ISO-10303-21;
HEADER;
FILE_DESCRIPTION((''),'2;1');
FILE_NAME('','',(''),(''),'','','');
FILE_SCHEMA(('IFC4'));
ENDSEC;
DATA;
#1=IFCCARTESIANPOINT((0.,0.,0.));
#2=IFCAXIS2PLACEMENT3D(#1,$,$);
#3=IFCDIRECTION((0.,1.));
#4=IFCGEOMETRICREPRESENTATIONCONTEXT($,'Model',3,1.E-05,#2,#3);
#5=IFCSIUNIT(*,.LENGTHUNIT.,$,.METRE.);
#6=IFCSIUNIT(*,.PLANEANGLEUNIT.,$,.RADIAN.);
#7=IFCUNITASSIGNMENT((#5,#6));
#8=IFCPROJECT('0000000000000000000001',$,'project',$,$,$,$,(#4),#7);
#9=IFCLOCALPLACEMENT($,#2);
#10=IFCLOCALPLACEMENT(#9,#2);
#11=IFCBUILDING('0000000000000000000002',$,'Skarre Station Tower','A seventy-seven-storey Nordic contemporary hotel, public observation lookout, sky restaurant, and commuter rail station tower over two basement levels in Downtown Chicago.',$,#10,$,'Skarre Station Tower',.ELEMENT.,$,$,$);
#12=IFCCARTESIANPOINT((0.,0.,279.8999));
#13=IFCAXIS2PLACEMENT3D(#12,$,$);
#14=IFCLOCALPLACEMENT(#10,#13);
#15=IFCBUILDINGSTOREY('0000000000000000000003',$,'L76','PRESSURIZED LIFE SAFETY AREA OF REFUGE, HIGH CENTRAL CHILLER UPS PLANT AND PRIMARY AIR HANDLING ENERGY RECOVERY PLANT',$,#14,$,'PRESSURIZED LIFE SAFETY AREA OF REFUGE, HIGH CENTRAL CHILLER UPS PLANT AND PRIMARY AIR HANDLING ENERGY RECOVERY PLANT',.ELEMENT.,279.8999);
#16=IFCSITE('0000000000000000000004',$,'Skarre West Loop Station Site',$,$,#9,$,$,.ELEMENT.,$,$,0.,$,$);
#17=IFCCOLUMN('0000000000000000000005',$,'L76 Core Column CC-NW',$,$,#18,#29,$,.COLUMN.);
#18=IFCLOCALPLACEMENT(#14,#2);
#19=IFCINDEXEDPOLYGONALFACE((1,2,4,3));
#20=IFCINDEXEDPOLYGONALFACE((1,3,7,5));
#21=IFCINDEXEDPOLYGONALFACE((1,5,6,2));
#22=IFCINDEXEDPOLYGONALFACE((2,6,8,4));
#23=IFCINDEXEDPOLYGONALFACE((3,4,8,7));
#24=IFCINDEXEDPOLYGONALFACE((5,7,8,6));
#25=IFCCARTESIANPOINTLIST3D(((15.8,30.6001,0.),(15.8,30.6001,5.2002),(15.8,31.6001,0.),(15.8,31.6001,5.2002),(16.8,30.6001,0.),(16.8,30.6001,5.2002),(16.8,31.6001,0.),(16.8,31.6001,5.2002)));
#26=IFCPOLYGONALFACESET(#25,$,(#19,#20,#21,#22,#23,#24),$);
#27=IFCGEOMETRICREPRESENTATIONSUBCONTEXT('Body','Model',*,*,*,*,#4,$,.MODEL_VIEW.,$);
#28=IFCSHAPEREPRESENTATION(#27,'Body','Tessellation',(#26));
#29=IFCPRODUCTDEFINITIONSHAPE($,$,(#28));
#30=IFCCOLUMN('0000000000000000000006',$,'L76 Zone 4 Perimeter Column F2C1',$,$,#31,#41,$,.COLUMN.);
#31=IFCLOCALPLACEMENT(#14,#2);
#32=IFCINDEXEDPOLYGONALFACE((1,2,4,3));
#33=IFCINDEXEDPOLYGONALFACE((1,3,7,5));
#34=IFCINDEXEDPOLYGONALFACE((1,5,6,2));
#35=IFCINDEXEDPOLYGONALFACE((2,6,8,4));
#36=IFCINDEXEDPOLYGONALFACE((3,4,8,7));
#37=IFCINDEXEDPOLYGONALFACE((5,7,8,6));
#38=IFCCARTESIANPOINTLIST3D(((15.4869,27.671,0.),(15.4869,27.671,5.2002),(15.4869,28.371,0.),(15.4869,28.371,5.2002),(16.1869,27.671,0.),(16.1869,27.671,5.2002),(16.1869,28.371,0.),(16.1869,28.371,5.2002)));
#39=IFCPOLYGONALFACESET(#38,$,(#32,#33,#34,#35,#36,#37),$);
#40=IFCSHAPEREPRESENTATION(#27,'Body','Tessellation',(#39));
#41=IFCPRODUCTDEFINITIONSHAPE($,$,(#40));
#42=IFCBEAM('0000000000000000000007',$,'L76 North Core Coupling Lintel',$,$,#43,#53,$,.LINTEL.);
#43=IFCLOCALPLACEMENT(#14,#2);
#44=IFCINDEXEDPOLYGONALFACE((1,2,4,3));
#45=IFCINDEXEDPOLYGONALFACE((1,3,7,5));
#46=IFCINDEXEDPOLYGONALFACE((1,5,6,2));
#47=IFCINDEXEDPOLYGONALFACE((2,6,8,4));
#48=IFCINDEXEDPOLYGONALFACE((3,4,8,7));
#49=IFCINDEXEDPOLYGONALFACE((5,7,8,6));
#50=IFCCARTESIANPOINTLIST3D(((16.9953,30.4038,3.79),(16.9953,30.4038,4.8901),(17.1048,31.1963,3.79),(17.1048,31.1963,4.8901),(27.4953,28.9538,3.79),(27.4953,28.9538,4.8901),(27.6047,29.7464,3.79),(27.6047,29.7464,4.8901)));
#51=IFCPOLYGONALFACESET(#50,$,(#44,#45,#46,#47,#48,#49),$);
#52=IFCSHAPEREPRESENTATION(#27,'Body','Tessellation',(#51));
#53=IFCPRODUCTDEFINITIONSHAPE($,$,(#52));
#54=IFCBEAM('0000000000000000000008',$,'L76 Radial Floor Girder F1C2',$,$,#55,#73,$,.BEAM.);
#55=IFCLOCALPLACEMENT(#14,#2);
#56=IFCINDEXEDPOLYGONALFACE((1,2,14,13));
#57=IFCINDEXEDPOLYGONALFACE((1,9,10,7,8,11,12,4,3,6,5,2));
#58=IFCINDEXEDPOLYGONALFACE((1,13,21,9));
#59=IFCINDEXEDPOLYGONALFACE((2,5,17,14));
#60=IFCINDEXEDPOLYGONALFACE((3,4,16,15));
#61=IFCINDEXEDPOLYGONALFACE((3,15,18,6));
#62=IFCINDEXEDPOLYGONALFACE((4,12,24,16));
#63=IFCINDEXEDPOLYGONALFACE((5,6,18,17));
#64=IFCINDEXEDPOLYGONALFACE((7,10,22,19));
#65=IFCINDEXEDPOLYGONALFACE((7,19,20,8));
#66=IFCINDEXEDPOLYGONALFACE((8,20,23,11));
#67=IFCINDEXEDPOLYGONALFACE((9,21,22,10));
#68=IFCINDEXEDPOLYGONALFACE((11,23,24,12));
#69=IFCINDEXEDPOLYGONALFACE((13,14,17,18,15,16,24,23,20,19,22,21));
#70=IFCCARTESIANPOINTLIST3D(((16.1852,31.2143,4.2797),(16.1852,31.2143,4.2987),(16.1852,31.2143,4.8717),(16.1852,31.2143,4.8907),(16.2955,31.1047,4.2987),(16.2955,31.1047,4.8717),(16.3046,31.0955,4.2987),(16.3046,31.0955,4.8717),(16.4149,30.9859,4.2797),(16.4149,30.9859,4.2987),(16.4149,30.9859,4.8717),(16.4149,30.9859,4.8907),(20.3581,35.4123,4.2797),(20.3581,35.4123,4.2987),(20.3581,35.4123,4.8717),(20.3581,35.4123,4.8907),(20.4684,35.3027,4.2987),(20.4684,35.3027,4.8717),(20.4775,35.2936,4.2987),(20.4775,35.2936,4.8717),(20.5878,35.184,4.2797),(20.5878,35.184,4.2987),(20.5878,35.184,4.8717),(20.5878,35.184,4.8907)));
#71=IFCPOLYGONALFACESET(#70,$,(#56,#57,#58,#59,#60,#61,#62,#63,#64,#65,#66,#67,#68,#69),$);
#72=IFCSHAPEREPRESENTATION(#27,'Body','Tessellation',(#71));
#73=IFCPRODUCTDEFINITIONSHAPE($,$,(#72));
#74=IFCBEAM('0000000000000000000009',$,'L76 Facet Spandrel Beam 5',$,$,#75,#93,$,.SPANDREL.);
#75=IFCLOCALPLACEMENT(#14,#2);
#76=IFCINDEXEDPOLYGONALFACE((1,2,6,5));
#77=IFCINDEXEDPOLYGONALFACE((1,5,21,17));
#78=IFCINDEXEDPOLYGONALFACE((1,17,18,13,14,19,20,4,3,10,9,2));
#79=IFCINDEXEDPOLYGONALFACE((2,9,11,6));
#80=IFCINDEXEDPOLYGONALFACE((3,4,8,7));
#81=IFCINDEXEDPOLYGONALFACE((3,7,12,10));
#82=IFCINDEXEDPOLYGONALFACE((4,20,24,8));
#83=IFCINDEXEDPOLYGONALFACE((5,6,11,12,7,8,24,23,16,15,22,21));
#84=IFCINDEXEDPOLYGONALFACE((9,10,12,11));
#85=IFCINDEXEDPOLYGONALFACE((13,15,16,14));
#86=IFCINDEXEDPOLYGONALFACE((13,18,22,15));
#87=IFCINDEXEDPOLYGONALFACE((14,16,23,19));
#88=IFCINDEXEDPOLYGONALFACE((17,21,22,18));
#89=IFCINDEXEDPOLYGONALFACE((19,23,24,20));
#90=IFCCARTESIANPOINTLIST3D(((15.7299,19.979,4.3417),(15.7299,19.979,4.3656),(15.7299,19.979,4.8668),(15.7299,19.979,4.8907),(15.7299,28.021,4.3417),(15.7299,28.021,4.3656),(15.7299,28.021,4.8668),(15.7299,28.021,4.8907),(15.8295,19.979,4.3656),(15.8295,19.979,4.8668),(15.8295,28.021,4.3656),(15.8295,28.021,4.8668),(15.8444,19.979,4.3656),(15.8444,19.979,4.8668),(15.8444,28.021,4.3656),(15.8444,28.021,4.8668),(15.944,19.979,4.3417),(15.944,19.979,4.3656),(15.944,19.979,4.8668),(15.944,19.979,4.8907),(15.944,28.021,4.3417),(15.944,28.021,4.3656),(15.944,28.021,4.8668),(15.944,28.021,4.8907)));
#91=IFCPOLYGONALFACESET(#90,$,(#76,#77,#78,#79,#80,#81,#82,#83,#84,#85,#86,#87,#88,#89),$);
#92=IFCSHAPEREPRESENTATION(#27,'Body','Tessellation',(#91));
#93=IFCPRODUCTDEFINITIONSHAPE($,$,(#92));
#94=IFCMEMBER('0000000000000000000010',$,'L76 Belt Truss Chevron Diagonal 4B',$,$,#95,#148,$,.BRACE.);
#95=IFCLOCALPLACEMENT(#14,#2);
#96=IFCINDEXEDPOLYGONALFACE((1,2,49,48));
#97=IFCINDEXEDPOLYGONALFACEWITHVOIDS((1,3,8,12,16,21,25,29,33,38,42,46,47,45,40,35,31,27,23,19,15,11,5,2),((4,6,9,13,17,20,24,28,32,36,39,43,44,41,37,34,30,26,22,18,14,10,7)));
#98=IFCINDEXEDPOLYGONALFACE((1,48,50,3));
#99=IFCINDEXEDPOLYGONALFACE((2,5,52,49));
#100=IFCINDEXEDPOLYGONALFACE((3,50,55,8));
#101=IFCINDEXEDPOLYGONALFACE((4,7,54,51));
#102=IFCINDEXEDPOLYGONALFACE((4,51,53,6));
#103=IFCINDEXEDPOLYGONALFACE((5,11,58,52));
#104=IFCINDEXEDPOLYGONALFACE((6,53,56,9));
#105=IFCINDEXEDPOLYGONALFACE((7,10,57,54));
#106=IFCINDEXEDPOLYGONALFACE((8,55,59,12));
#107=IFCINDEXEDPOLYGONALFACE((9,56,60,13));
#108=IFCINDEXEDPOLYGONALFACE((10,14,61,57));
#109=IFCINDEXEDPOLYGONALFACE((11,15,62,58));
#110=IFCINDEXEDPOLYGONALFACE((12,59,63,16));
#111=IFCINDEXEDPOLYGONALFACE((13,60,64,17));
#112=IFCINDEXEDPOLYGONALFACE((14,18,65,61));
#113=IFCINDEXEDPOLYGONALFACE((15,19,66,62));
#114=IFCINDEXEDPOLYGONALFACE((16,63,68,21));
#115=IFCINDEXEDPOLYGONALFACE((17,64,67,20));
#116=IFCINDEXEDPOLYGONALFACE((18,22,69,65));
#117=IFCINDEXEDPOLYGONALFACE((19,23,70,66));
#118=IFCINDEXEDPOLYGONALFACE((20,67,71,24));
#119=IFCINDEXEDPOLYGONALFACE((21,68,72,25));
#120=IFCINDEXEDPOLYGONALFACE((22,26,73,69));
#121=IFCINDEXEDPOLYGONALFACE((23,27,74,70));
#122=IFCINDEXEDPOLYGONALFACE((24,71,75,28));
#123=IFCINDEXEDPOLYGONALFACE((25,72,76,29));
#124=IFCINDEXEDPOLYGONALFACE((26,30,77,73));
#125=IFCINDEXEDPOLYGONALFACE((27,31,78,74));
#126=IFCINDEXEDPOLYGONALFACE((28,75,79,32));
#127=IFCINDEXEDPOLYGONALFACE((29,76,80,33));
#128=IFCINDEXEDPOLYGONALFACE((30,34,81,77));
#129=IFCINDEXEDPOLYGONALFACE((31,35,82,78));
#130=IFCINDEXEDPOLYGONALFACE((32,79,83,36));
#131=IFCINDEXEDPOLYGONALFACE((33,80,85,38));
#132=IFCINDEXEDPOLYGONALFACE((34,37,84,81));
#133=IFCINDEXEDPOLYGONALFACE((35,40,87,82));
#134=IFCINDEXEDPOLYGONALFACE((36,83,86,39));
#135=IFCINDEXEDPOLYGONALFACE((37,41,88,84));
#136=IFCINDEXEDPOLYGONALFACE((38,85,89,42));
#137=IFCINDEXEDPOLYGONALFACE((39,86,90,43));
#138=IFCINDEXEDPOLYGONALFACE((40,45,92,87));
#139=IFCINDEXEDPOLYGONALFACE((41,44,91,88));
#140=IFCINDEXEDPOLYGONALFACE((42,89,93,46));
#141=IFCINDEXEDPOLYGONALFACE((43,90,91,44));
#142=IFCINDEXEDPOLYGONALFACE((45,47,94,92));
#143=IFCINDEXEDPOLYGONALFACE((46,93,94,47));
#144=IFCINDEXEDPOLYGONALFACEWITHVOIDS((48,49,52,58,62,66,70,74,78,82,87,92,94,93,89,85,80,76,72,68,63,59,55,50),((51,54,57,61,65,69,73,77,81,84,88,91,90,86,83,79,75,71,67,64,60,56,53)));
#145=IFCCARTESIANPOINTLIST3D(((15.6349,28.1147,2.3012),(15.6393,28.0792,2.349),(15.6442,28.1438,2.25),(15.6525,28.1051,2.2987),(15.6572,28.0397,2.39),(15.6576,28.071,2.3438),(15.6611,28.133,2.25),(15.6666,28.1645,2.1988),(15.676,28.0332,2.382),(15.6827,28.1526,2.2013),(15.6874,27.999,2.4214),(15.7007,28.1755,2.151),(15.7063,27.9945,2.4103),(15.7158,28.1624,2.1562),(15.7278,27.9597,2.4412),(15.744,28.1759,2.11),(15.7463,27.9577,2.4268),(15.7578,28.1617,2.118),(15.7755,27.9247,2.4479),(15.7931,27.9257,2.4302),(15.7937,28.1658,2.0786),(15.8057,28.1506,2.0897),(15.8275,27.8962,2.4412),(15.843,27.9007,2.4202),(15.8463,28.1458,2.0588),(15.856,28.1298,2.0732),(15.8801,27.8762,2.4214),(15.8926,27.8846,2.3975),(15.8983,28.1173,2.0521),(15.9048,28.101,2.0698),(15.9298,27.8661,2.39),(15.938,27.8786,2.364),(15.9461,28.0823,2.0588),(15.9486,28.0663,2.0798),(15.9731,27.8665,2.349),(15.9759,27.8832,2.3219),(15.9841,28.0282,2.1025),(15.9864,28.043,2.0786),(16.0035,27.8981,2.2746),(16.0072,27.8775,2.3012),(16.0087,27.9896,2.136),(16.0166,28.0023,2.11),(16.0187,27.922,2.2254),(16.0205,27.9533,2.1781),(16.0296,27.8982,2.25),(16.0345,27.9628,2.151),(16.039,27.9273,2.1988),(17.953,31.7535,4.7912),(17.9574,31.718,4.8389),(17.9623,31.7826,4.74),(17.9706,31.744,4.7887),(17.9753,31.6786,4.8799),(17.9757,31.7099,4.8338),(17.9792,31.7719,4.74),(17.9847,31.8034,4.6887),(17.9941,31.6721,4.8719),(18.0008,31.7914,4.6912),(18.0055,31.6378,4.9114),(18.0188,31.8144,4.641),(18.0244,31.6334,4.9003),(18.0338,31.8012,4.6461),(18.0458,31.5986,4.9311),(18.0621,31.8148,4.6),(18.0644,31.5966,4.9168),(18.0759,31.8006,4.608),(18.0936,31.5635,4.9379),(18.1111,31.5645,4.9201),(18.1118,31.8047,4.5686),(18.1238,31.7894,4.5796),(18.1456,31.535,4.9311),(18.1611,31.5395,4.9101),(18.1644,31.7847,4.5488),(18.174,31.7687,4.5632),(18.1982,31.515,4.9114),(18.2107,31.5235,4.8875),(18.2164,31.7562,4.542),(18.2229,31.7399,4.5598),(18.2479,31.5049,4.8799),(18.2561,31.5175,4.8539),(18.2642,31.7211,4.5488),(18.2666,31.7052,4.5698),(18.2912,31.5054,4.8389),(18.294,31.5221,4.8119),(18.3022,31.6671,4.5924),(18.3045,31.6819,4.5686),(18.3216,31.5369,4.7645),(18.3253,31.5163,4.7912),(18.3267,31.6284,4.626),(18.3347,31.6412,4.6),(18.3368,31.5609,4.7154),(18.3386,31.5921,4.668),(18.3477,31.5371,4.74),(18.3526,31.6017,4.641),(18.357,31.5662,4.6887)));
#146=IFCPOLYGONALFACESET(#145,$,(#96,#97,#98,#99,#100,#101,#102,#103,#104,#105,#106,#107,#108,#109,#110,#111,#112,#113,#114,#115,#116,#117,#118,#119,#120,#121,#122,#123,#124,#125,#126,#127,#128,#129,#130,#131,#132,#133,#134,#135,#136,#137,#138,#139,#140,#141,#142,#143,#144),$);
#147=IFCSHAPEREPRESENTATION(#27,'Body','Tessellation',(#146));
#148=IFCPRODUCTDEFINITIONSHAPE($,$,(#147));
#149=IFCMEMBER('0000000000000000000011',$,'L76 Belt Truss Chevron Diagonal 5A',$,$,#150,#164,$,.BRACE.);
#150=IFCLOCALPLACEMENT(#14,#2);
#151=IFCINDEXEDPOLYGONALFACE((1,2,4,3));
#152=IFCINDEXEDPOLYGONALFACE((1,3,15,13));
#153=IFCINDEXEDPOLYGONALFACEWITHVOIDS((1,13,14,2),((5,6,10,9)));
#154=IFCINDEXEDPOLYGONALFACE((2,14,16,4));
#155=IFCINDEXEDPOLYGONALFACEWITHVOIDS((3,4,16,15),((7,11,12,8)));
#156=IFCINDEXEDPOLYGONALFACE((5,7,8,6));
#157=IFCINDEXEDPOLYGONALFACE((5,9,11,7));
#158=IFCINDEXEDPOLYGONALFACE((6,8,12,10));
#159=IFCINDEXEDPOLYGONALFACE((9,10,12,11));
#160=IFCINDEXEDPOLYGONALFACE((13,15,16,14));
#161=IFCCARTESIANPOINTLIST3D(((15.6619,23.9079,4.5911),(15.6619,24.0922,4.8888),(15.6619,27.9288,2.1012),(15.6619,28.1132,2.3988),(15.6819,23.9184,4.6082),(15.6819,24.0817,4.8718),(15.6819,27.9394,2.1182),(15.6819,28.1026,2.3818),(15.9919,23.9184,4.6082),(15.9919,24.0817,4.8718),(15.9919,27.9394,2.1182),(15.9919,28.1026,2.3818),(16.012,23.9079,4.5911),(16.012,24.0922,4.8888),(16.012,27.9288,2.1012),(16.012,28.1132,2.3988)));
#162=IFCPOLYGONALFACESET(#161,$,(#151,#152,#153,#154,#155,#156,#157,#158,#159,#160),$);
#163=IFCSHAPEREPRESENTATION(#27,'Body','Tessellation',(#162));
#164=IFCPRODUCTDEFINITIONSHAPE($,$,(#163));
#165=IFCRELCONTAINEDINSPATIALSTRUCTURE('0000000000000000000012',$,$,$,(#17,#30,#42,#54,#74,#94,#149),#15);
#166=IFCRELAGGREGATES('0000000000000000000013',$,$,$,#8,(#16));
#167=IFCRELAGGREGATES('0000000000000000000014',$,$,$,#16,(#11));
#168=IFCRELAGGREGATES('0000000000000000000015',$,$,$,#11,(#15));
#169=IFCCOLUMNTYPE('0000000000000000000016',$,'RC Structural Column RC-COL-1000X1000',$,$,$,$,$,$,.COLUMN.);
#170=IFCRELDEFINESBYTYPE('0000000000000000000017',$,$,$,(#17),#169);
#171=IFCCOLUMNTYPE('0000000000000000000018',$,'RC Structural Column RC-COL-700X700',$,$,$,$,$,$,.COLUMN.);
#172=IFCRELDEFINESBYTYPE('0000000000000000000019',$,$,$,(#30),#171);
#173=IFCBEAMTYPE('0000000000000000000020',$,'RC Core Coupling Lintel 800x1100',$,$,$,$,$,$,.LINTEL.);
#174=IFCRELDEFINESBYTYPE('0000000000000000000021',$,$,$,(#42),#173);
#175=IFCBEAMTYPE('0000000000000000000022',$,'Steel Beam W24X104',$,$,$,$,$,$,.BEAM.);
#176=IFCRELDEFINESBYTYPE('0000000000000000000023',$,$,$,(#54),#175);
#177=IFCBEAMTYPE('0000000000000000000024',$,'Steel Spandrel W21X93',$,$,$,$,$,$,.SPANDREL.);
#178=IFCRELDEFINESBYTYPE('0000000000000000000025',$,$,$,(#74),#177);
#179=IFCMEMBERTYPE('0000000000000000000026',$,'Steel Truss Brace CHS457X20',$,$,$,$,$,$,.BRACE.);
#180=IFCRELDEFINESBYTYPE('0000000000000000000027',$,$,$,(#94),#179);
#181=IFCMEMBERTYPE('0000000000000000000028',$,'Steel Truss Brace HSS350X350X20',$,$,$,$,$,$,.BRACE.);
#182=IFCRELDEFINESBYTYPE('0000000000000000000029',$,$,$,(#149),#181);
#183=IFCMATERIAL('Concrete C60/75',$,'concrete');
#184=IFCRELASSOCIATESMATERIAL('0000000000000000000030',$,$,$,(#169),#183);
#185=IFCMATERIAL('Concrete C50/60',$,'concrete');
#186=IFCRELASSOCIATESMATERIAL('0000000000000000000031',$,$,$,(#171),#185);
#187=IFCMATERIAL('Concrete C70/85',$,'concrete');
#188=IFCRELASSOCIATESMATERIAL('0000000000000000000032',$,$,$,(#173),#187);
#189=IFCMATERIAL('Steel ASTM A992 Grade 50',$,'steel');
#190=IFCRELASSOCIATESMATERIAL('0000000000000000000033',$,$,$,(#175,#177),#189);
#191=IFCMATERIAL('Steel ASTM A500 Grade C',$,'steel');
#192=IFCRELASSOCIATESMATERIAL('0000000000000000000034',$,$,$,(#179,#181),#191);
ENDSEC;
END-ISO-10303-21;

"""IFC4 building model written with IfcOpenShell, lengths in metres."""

from ifc_helpers import new_model, si_unit, direction, frame, origin, origin_2d, place, context, subcontext, project, spatial, rectangle, hollow_rectangle, hollow_circle, i_section, extrude, material, material_profile, profile_set, type_object, element, save


model = new_model("IFC4")

# Units and contexts
model_context = context("Model", 3, precision=1e-05, world=origin(), true_north=direction((0.0, 1.0)))
body_context = subcontext(model_context, "Body", "Model", "MODEL_VIEW")
ifc_project = project(units=[si_unit("LENGTHUNIT", "METRE"), si_unit("PLANEANGLEUNIT", "RADIAN")], contexts=[model_context])

# Site, building, storey
site_placement = place(None, origin())
site = spatial("IfcSite", under=ifc_project, at=site_placement, Name="Skarre West Loop Station Site", CompositionType="ELEMENT", RefElevation=0.0)
building_placement = place(site_placement, origin())
building = spatial("IfcBuilding", under=site, at=building_placement, Name="Skarre Station Tower", Description="A seventy-seven-storey Nordic contemporary hotel, public observation lookout, sky restaurant, and commuter rail station tower over two basement levels in Downtown Chicago.", LongName="Skarre Station Tower", CompositionType="ELEMENT")
storey_placement = place(building_placement, frame((0.0, 0.0, 279.8999)))
storey = spatial("IfcBuildingStorey", under=building, at=storey_placement, Name="L76", Description="PRESSURIZED LIFE SAFETY AREA OF REFUGE, HIGH CENTRAL CHILLER UPS PLANT AND PRIMARY AIR HANDLING ENERGY RECOVERY PLANT", LongName="PRESSURIZED LIFE SAFETY AREA OF REFUGE, HIGH CENTRAL CHILLER UPS PLANT AND PRIMARY AIR HANDLING ENERGY RECOVERY PLANT", CompositionType="ELEMENT", Elevation=279.8999)

# Columns
ifc_material_1 = material(Name="Concrete C60/75", Category="concrete")
ifc_material_profile_1 = material_profile(ifc_material_1, rectangle(XDim=1.0, YDim=1.0, at=origin_2d()), Name="Concrete C60/75")
ifc_profile_set_1 = profile_set([ifc_material_profile_1], Name="Concrete C60/75")
column_type_1 = type_object("IfcColumnType", Name="RC Structural Column RC-COL-1000X1000", PredefinedType="COLUMN", material=ifc_profile_set_1)
column_1_placement = place(storey_placement, frame((16.3, 31.1001, 0.0), z_axis=(0.0, 0.0, 1.0), x_axis=(1.0, 0.0, 0.0)))
element("IfcColumn", 1, at=column_1_placement, inside=storey, type_object=column_type_1, Name="L76 Core Column CC-NW", PredefinedType="COLUMN", context=body_context, shape_type="SweptSolid", body=[
    extrude(rectangle(XDim=1.0, YDim=1.0, at=origin_2d()), origin(), (0.0, 0.0, 1.0), 5.2002),
])
ifc_material_2 = material(Name="Concrete C50/60", Category="concrete")
ifc_material_profile_2 = material_profile(ifc_material_2, rectangle(XDim=0.7, YDim=0.7, at=origin_2d()), Name="Concrete C50/60")
ifc_profile_set_2 = profile_set([ifc_material_profile_2], Name="Concrete C50/60")
column_type_2 = type_object("IfcColumnType", Name="RC Structural Column RC-COL-700X700", PredefinedType="COLUMN", material=ifc_profile_set_2)
column_2_placement = place(storey_placement, frame((15.8369, 28.021, 0.0), z_axis=(0.0, 0.0, 1.0), x_axis=(1.0, 0.0, 0.0)))
element("IfcColumn", 2, at=column_2_placement, inside=storey, type_object=column_type_2, Name="L76 Zone 4 Perimeter Column F2C1", PredefinedType="COLUMN", context=body_context, shape_type="SweptSolid", body=[
    extrude(rectangle(XDim=0.7, YDim=0.7, at=origin_2d()), origin(), (0.0, 0.0, 1.0), 5.2002),
])

# Beams
ifc_material_3 = material(Name="Concrete C70/85", Category="concrete")
ifc_material_profile_3 = material_profile(ifc_material_3, rectangle(XDim=0.8, YDim=1.1001, at=origin_2d()), Name="Concrete C70/85")
ifc_profile_set_3 = profile_set([ifc_material_profile_3], Name="Concrete C70/85")
beam_type_1 = type_object("IfcBeamType", Name="RC Core Coupling Lintel 800x1100", PredefinedType="LINTEL", material=ifc_profile_set_3)
beam_1_placement = place(storey_placement, frame((17.05, 30.8, 4.3401), z_axis=(0.9906, -0.136792, 0.0), x_axis=(0.136792, 0.9906, 0.0)))
element("IfcBeam", 3, at=beam_1_placement, inside=storey, type_object=beam_type_1, Name="L76 North Core Coupling Lintel", PredefinedType="LINTEL", context=body_context, shape_type="SweptSolid", body=[
    extrude(rectangle(XDim=0.8, YDim=1.1001, at=origin_2d()), origin(), (0.0, 0.0, 1.0), 10.5996),
])
ifc_material_4 = material(Name="Steel ASTM A992 Grade 50", Category="steel")
ifc_material_profile_4 = material_profile(ifc_material_4, i_section(OverallWidth=0.324, OverallDepth=0.6111, WebThickness=0.0129, FlangeThickness=0.019, at=origin_2d()), Name="Steel ASTM A992 Grade 50")
ifc_profile_set_4 = profile_set([ifc_material_profile_4], Name="Steel ASTM A992 Grade 50")
beam_type_2 = type_object("IfcBeamType", Name="Steel Beam W24X104", PredefinedType="BEAM", material=ifc_profile_set_4)
beam_2_placement = place(storey_placement, frame((16.3, 31.1001, 4.5852), z_axis=(0.704979, 0.709228, 0.0), x_axis=(-0.709228, 0.704979, 0.0)))
element("IfcBeam", 4, at=beam_2_placement, inside=storey, type_object=beam_type_2, Name="L76 Radial Floor Girder F1C2", PredefinedType="BEAM", context=body_context, shape_type="SweptSolid", body=[
    extrude(i_section(OverallWidth=0.324, OverallDepth=0.6111, WebThickness=0.0129, FlangeThickness=0.019, at=origin_2d()), origin(), (0.0, 0.0, 1.0), 5.9192),
])
ifc_material_profile_5 = material_profile(ifc_material_4, i_section(OverallWidth=0.2141, OverallDepth=0.5491, WebThickness=0.0149, FlangeThickness=0.0239, at=origin_2d()), Name="Steel ASTM A992 Grade 50")
ifc_profile_set_5 = profile_set([ifc_material_profile_5], Name="Steel ASTM A992 Grade 50")
beam_type_3 = type_object("IfcBeamType", Name="Steel Spandrel W21X93", PredefinedType="SPANDREL", material=ifc_profile_set_5)
beam_3_placement = place(storey_placement, frame((15.8369, 28.021, 4.6162), z_axis=(0.0, -1.0, 0.0), x_axis=(1.0, 0.0, 0.0)))
element("IfcBeam", 5, at=beam_3_placement, inside=storey, type_object=beam_type_3, Name="L76 Facet Spandrel Beam 5", PredefinedType="SPANDREL", context=body_context, shape_type="SweptSolid", body=[
    extrude(i_section(OverallWidth=0.2141, OverallDepth=0.5491, WebThickness=0.0149, FlangeThickness=0.0239, at=origin_2d()), origin(), (0.0, 0.0, 1.0), 8.042),
])

# Members
ifc_material_5 = material(Name="Steel ASTM A500 Grade C", Category="steel")
ifc_material_profile_6 = material_profile(ifc_material_5, hollow_circle(Radius=0.2285, WallThickness=0.02, at=origin_2d()), Name="Steel ASTM A500 Grade C")
ifc_profile_set_6 = profile_set([ifc_material_profile_6], Name="Steel ASTM A500 Grade C")
member_type_1 = type_object("IfcMemberType", Name="Steel Truss Brace CHS457X20", PredefinedType="BRACE", material=ifc_profile_set_6)
member_1_placement = place(storey_placement, frame((15.8369, 28.021, 2.25), z_axis=(0.465344, 0.730485, 0.499847), x_axis=(-0.843405, 0.537278, 0.0)))
element("IfcMember", 6, at=member_1_placement, inside=storey, type_object=member_type_1, Name="L76 Belt Truss Chevron Diagonal 4B", PredefinedType="BRACE", context=body_context, shape_type="SweptSolid", body=[
    extrude(hollow_circle(Radius=0.2285, WallThickness=0.02, at=origin_2d()), origin(), (0.0, 0.0, 1.0), 4.9814),
])
ifc_material_profile_7 = material_profile(ifc_material_5, hollow_rectangle(XDim=0.3501, YDim=0.3501, WallThickness=0.02, at=origin_2d()), Name="Steel ASTM A500 Grade C")
ifc_profile_set_7 = profile_set([ifc_material_profile_7], Name="Steel ASTM A500 Grade C")
member_type_2 = type_object("IfcMemberType", Name="Steel Truss Brace HSS350X350X20", PredefinedType="BRACE", material=ifc_profile_set_7)
member_2_placement = place(storey_placement, frame((15.8369, 28.021, 2.25), z_axis=(0.0, -0.850189, 0.526477), x_axis=(1.0, 0.0, 0.0)))
element("IfcMember", 7, at=member_2_placement, inside=storey, type_object=member_type_2, Name="L76 Belt Truss Chevron Diagonal 5A", PredefinedType="BRACE", context=body_context, shape_type="SweptSolid", body=[
    extrude(hollow_rectangle(XDim=0.3501, YDim=0.3501, WallThickness=0.02, at=origin_2d()), origin(), (0.0, 0.0, 1.0), 4.7295),
])

save(model, "model.ifc")
